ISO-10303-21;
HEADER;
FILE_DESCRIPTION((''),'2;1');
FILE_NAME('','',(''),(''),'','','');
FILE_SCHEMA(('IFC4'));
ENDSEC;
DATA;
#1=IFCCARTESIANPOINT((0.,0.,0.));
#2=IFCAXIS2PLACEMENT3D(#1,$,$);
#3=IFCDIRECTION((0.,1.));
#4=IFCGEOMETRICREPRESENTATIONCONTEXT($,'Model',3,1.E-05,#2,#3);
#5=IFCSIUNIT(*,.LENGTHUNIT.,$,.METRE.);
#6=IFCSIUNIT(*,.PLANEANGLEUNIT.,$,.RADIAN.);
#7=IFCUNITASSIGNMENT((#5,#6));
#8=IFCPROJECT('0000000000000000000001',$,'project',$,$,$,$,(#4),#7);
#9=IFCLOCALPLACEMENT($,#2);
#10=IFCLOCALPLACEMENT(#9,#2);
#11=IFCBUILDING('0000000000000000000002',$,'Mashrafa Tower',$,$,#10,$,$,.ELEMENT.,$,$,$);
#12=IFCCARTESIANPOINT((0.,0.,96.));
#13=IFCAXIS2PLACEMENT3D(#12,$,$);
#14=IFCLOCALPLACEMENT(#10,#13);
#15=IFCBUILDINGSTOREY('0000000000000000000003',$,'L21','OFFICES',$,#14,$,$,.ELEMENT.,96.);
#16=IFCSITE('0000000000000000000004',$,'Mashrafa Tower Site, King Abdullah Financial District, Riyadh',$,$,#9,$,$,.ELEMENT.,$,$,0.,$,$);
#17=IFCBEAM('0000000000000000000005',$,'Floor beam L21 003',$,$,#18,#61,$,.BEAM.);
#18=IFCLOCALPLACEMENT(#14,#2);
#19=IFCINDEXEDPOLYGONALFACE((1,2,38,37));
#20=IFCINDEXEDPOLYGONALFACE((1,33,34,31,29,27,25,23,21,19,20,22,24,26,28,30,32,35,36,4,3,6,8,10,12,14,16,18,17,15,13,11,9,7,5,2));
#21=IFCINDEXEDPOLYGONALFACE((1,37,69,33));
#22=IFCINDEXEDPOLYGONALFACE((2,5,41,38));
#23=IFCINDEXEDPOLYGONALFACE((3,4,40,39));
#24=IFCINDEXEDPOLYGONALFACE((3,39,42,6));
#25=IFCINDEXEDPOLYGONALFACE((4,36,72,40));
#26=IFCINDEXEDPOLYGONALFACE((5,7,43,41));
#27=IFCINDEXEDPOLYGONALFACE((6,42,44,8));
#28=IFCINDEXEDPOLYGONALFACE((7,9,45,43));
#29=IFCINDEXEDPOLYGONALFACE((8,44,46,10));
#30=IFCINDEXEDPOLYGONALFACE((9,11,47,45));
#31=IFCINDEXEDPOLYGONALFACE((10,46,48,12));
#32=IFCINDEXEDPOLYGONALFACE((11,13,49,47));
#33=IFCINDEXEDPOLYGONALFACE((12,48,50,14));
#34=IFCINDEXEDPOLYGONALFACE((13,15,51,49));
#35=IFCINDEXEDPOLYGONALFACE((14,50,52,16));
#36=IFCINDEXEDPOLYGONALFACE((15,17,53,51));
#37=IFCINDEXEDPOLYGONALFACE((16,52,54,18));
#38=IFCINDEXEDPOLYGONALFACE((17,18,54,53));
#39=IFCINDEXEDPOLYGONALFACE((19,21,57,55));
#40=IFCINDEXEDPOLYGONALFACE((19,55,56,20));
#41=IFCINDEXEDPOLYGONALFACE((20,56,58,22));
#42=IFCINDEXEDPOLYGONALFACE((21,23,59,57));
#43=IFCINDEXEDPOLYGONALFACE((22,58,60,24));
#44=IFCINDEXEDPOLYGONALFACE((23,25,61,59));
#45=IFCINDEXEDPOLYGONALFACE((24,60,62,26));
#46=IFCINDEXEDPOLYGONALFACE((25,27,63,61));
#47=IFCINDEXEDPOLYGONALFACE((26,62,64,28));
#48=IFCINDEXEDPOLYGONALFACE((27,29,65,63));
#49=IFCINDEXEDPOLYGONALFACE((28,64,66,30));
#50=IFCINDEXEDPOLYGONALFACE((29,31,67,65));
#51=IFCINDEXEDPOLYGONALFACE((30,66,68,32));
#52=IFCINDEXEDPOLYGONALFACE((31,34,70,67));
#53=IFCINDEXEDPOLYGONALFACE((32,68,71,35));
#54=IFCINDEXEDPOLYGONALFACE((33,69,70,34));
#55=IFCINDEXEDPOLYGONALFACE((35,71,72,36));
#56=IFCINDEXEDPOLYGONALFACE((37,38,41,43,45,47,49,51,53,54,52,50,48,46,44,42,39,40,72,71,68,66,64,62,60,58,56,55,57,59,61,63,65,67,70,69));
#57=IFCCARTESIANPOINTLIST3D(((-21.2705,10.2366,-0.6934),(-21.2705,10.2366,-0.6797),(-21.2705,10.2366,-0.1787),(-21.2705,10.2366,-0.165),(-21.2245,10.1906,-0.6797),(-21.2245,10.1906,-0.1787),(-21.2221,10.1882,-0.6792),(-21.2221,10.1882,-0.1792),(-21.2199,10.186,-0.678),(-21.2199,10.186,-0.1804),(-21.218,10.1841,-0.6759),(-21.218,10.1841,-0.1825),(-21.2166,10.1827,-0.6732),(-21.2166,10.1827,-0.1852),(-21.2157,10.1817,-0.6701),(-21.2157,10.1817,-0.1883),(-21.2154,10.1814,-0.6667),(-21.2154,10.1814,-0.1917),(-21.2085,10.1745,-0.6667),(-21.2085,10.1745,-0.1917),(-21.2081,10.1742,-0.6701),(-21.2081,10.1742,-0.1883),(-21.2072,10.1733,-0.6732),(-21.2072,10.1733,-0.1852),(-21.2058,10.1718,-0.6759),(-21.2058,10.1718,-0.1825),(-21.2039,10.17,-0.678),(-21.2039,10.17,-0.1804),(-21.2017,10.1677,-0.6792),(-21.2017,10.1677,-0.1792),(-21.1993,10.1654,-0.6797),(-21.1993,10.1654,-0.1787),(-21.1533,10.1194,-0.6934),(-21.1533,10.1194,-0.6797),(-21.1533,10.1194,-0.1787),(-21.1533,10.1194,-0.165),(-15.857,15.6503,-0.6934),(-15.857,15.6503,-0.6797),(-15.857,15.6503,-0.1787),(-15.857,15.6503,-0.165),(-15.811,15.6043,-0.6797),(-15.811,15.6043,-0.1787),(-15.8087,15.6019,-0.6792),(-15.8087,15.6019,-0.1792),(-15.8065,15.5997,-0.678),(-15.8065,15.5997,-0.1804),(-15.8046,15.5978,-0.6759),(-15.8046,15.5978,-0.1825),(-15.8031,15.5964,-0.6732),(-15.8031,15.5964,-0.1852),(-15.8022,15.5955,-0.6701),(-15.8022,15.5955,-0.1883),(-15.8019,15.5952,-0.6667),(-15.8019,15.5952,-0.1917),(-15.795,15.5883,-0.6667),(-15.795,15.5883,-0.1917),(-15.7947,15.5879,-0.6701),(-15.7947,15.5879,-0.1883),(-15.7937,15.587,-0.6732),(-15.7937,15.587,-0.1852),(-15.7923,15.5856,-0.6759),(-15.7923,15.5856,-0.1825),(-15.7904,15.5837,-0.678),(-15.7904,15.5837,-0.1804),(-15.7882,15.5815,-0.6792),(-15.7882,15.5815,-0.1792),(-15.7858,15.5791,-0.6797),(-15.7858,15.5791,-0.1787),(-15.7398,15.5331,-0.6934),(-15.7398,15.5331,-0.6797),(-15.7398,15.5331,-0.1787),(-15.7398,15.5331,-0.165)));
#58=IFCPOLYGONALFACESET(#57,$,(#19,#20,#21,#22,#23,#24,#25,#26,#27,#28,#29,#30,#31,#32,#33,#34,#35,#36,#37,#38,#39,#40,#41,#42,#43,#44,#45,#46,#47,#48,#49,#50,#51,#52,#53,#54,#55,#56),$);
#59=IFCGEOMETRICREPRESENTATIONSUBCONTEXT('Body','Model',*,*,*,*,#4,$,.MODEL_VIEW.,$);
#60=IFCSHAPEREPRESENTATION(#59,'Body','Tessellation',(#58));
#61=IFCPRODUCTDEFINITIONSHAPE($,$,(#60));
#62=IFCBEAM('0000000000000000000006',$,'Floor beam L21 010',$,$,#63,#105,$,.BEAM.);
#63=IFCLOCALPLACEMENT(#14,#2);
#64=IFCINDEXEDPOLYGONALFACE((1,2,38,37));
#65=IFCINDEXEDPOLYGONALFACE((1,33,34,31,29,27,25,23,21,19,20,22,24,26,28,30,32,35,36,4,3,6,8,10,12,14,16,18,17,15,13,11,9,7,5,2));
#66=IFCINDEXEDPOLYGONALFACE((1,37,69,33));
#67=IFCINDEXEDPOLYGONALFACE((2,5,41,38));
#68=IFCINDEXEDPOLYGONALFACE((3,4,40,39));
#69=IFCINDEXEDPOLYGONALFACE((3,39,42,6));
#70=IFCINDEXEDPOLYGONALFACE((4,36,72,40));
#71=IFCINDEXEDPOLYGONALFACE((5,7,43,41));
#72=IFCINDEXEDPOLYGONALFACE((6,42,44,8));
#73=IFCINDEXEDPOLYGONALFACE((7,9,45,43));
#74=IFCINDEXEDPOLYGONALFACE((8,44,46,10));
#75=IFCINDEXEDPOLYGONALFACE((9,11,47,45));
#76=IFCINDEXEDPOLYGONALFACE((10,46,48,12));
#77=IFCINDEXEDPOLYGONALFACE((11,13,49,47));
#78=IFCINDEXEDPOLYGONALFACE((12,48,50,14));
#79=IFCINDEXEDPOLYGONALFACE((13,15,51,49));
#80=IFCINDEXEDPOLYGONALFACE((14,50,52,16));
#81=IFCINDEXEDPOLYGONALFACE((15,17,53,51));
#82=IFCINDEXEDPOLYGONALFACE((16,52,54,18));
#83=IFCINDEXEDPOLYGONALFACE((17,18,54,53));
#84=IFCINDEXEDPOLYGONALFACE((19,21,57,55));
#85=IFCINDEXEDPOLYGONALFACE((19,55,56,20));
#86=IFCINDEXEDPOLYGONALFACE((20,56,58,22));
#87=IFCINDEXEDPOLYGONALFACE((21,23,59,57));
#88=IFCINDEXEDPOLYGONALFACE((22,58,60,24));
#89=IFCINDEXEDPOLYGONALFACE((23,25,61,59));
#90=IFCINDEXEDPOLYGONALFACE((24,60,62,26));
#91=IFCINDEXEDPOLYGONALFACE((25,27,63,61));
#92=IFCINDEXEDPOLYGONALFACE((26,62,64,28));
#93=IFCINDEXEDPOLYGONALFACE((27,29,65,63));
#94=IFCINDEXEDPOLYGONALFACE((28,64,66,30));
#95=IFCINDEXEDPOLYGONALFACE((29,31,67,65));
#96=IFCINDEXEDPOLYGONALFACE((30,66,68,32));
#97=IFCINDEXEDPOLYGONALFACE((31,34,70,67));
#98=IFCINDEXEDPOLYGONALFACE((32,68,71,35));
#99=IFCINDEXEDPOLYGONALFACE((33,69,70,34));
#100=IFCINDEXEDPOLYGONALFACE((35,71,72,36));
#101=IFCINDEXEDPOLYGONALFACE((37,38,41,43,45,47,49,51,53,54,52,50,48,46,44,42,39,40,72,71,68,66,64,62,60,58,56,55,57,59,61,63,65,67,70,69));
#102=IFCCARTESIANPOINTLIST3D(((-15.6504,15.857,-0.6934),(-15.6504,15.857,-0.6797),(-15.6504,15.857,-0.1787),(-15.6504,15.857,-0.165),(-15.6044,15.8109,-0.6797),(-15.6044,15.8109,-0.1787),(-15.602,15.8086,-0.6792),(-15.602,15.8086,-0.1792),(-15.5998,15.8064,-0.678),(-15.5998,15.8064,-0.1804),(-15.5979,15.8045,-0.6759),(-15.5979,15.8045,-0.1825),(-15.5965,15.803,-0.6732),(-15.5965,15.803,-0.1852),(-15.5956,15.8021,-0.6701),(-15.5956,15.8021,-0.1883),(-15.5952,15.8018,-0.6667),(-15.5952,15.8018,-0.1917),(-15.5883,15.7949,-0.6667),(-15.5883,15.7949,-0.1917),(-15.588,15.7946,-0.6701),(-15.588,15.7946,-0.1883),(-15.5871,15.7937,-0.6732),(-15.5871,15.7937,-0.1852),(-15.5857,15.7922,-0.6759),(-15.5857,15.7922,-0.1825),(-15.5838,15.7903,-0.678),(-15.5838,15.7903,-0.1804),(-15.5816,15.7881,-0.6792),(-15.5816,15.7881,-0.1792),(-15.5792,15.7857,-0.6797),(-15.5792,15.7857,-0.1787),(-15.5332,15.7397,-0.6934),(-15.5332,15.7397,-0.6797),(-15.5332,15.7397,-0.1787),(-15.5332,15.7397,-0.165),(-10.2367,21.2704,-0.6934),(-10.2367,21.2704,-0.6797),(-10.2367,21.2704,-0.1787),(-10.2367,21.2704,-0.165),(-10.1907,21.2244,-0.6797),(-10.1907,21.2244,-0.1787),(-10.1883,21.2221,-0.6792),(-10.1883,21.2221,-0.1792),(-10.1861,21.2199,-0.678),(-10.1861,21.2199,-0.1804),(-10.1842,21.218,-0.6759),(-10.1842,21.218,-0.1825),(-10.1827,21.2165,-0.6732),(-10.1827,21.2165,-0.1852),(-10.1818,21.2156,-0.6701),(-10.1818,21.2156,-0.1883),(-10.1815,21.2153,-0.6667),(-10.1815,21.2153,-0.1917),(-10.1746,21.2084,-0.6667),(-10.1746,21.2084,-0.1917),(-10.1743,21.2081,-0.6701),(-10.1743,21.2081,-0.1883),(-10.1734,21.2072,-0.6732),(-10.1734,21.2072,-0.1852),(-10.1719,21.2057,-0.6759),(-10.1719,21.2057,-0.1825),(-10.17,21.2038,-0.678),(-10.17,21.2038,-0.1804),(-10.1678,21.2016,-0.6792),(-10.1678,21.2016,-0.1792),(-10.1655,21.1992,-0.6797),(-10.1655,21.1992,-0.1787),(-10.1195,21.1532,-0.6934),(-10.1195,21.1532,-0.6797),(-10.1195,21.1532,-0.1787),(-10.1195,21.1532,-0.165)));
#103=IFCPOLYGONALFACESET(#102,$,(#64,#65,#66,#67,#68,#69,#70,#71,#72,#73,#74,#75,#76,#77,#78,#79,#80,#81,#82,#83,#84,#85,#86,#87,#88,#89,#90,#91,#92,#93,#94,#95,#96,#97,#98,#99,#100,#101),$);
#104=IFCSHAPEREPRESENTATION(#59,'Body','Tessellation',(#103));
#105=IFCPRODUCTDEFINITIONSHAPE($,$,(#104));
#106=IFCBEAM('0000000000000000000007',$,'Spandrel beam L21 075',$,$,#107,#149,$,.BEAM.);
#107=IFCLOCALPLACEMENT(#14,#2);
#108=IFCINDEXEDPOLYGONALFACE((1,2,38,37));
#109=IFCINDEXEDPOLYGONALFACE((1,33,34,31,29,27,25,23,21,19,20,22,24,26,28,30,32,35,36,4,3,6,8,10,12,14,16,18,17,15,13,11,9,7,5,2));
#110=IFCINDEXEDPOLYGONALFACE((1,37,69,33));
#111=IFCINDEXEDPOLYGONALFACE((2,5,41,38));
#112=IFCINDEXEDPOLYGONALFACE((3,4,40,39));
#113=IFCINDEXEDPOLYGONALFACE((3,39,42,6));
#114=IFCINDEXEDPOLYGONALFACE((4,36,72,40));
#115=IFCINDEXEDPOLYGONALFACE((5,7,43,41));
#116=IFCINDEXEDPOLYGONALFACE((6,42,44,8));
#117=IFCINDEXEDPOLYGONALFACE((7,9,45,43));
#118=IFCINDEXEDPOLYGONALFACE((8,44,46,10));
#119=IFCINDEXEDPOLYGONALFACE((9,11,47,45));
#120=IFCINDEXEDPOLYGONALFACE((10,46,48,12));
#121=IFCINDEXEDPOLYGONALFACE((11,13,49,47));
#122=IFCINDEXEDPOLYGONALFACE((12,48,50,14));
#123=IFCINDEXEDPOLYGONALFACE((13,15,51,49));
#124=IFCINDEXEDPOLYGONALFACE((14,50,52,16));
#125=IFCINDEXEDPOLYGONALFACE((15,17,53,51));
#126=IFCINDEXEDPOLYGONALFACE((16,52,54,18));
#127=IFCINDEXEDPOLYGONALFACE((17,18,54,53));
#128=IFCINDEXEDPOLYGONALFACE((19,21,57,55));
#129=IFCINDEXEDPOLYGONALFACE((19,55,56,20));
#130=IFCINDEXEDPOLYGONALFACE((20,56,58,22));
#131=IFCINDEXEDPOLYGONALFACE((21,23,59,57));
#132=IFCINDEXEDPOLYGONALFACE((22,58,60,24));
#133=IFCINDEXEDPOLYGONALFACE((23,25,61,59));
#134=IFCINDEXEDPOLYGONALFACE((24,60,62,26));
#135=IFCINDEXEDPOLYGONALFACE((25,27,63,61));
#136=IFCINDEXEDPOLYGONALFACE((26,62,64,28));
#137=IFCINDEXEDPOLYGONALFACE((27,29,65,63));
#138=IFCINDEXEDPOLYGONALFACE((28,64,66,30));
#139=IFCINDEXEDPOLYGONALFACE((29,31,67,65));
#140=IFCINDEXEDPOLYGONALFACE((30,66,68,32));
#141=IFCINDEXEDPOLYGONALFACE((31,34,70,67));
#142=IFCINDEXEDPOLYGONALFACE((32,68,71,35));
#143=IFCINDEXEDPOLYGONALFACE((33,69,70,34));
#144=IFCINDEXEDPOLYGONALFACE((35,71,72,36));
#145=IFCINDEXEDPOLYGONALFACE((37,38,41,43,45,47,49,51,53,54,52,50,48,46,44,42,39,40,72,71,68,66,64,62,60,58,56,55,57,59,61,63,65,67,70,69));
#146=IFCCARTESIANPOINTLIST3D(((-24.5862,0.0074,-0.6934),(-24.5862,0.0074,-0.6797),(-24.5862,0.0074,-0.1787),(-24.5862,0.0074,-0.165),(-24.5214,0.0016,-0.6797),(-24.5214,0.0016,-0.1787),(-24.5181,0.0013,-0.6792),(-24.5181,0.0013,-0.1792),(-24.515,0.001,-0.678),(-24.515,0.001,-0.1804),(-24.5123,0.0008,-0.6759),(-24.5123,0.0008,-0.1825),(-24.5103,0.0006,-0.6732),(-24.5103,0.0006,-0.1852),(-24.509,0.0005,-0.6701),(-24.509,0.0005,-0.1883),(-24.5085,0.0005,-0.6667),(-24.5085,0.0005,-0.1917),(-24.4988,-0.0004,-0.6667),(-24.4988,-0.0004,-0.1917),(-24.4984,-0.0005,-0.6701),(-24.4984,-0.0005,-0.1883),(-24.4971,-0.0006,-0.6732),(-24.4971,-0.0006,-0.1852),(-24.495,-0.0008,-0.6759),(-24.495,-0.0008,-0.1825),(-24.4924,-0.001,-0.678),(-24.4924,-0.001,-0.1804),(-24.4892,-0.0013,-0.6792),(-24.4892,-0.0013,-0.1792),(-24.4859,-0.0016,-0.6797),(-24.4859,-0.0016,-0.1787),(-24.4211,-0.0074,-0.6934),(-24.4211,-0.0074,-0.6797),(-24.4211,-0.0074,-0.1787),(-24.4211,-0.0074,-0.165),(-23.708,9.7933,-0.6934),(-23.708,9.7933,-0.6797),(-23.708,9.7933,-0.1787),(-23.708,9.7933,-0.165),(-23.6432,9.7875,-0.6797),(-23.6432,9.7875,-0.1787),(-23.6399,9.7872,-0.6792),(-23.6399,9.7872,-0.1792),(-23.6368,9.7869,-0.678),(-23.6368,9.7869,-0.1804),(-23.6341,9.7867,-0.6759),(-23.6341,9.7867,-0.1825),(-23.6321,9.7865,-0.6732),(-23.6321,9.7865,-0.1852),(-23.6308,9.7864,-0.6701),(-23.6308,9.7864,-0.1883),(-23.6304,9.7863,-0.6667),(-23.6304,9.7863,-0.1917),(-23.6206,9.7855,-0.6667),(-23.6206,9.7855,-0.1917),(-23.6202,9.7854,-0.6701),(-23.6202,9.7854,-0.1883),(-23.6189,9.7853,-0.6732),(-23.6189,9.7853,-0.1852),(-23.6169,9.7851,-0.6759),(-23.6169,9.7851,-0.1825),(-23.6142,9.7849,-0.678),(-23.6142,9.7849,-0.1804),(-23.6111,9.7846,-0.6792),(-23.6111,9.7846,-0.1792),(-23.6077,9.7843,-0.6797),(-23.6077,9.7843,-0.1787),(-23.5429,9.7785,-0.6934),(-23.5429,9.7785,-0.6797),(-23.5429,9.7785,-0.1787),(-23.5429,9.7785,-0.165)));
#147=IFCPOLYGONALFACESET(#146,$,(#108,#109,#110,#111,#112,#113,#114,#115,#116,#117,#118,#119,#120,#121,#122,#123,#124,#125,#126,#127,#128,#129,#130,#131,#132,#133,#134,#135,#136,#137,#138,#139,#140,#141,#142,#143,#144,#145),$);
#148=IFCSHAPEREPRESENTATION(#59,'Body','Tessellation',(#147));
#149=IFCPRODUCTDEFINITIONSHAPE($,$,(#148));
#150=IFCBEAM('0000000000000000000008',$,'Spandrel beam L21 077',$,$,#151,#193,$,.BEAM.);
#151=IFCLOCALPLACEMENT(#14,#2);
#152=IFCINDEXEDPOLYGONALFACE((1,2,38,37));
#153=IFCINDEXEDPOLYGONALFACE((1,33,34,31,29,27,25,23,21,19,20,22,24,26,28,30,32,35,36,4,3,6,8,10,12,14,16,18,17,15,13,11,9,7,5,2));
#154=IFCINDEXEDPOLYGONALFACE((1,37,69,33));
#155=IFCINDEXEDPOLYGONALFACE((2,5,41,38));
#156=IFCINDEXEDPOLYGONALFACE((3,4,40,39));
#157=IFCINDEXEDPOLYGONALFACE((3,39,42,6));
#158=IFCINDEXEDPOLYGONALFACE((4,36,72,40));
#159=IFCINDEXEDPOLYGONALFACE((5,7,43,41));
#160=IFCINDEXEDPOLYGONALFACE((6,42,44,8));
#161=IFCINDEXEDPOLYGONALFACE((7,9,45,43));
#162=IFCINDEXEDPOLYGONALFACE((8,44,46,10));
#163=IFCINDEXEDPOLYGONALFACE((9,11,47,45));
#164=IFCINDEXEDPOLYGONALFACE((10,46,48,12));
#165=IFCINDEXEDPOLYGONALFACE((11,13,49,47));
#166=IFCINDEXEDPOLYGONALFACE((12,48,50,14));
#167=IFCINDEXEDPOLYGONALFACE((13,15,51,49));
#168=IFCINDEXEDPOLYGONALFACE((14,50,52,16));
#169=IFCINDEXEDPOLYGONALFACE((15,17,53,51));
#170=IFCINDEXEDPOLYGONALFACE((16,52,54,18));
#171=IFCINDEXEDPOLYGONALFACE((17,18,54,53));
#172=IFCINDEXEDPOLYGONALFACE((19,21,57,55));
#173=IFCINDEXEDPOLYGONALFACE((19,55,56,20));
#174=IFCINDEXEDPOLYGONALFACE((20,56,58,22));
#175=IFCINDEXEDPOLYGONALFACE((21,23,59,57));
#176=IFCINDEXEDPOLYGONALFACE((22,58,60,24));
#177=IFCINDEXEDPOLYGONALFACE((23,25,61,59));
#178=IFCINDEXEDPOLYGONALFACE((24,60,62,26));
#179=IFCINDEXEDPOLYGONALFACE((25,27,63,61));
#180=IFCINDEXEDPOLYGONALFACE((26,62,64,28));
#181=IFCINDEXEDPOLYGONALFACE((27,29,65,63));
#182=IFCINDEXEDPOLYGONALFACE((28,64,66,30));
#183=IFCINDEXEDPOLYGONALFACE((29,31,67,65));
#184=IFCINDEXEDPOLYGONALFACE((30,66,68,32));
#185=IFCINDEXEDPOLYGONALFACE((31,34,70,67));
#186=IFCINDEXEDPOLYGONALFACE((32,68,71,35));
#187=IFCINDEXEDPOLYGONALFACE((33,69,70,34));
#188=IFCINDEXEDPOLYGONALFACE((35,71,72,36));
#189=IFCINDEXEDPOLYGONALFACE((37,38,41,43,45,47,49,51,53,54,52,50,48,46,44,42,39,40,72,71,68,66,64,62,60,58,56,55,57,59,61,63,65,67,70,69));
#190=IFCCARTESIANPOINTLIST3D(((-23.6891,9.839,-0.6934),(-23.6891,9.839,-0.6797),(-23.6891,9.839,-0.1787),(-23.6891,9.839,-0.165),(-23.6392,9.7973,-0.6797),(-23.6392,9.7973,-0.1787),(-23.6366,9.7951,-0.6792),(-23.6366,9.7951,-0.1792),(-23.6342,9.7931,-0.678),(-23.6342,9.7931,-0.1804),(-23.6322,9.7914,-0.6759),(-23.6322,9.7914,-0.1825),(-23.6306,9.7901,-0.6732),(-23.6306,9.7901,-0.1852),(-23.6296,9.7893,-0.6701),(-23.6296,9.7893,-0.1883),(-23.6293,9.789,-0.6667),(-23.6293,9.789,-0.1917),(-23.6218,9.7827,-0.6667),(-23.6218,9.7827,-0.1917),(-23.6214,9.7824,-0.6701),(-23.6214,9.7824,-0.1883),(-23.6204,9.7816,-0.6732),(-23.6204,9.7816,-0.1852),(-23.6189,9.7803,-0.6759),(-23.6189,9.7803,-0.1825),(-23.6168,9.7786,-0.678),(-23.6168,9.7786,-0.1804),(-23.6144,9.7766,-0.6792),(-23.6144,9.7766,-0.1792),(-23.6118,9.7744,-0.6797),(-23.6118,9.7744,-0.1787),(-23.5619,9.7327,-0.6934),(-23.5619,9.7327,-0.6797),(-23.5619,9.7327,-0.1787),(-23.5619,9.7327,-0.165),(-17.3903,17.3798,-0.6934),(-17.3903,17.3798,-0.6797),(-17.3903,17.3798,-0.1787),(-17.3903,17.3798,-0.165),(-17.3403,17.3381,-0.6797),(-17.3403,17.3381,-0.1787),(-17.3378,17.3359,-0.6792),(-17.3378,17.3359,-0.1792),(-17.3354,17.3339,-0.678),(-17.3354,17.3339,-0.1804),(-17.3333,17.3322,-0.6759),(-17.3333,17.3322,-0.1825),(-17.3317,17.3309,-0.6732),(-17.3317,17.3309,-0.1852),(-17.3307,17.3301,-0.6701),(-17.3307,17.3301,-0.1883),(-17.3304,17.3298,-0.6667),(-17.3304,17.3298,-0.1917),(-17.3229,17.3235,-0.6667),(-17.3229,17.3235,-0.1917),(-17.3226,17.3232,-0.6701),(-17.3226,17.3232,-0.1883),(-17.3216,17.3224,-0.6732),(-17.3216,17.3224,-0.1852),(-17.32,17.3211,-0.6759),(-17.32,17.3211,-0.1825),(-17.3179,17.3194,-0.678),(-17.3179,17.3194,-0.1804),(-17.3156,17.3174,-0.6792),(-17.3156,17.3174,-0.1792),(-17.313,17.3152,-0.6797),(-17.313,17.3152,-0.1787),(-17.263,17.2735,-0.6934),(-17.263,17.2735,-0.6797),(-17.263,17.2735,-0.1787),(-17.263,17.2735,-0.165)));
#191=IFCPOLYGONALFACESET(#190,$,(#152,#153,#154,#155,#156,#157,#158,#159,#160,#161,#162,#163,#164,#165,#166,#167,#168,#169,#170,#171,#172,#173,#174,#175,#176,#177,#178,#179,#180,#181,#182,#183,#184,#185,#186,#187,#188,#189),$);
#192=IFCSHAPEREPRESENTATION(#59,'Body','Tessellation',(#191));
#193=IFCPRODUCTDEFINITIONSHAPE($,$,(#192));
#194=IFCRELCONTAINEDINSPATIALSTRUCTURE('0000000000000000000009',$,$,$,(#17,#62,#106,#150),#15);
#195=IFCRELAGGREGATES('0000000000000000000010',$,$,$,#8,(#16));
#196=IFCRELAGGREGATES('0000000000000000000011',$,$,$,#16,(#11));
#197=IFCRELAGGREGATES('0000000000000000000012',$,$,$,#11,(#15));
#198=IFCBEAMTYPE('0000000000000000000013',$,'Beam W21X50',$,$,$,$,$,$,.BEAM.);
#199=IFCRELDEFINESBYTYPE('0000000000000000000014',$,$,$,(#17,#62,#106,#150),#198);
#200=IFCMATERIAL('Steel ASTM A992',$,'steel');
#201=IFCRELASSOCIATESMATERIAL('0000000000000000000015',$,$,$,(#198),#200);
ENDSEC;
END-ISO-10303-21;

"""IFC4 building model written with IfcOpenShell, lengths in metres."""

from ifc_helpers import new_model, si_unit, direction, frame, origin, origin_2d, place, context, subcontext, project, spatial, i_section, extrude, material, material_profile, profile_set, type_object, element, save


model = new_model("IFC4")

# Units and contexts
model_context = context("Model", 3, precision=1e-05, world=origin(), true_north=direction((0.0, 1.0)))
body_context = subcontext(model_context, "Body", "Model", "MODEL_VIEW")
ifc_project = project(units=[si_unit("LENGTHUNIT", "METRE"), si_unit("PLANEANGLEUNIT", "RADIAN")], contexts=[model_context])

# Site, building, storey
site_placement = place(None, origin())
site = spatial("IfcSite", under=ifc_project, at=site_placement, Name="Mashrafa Tower Site, King Abdullah Financial District, Riyadh", CompositionType="ELEMENT", RefElevation=0.0)
building_placement = place(site_placement, origin())
building = spatial("IfcBuilding", under=site, at=building_placement, Name="Mashrafa Tower", CompositionType="ELEMENT")
storey_placement = place(building_placement, frame((0.0, 0.0, 96.0)))
storey = spatial("IfcBuildingStorey", under=building, at=storey_placement, Name="L21", Description="OFFICES", CompositionType="ELEMENT", Elevation=96.0)

# Beams
ifc_material_1 = material(Name="Steel ASTM A992", Category="steel")
ifc_material_profile_1 = material_profile(ifc_material_1, i_section(OverallWidth=0.1658, OverallDepth=0.5283, WebThickness=0.0098, FlangeThickness=0.0137, FilletRadius=0.0129, at=origin_2d()), Name="W21X50")
ifc_profile_set_1 = profile_set([ifc_material_profile_1], Name="Steel ASTM A992")
beam_type_1 = type_object("IfcBeamType", Name="Beam W21X50", PredefinedType="BEAM", material=ifc_profile_set_1)
for number, where, z_axis, x_axis, name in (
    (1, (-21.2119, 10.178, -0.4292), (0.707091, 0.707123, 0.0), (-0.707123, 0.707091, 0.0), "Floor beam L21 003"),
    (2, (-15.5918, 15.7983, -0.4292), (0.707123, 0.707091, 0.0), (-0.707091, 0.707123, 0.0), "Floor beam L21 010"),
):
    element("IfcBeam", number, at=place(storey_placement, frame(where, z_axis=z_axis, x_axis=x_axis)), inside=storey, type_object=beam_type_1, Name=name, PredefinedType="BEAM", context=body_context, shape_type="SweptSolid", body=[
        extrude(i_section(OverallWidth=0.1658, OverallDepth=0.5283, WebThickness=0.0098, FlangeThickness=0.0137, FilletRadius=0.0129, at=origin_2d()), origin(), (0.0, 0.0, 1.0), 7.656),
    ])
beam_1_placement = place(storey_placement, frame((-23.6255, 9.7859, -0.4292), z_axis=(-0.08938, -0.995998, 0.0), x_axis=(0.995998, -0.08938, 0.0)))
element("IfcBeam", 3, at=beam_1_placement, inside=storey, type_object=beam_type_1, Name="Spandrel beam L21 075", PredefinedType="BEAM", context=body_context, shape_type="SweptSolid", body=[
    extrude(i_section(OverallWidth=0.1658, OverallDepth=0.5283, WebThickness=0.0098, FlangeThickness=0.0137, FilletRadius=0.0129, at=origin_2d()), origin(), (0.0, 0.0, 1.0), 9.8252),
])
beam_2_placement = place(storey_placement, frame((-17.3267, 17.3267, -0.4292), z_axis=(-0.641076, -0.767477, 0.0), x_axis=(0.767477, -0.641076, 0.0)))
element("IfcBeam", 4, at=beam_2_placement, inside=storey, type_object=beam_type_1, Name="Spandrel beam L21 077", PredefinedType="BEAM", context=body_context, shape_type="SweptSolid", body=[
    extrude(i_section(OverallWidth=0.1658, OverallDepth=0.5283, WebThickness=0.0098, FlangeThickness=0.0137, FilletRadius=0.0129, at=origin_2d()), origin(), (0.0, 0.0, 1.0), 9.8254),
])

save(model, "model.ifc")
